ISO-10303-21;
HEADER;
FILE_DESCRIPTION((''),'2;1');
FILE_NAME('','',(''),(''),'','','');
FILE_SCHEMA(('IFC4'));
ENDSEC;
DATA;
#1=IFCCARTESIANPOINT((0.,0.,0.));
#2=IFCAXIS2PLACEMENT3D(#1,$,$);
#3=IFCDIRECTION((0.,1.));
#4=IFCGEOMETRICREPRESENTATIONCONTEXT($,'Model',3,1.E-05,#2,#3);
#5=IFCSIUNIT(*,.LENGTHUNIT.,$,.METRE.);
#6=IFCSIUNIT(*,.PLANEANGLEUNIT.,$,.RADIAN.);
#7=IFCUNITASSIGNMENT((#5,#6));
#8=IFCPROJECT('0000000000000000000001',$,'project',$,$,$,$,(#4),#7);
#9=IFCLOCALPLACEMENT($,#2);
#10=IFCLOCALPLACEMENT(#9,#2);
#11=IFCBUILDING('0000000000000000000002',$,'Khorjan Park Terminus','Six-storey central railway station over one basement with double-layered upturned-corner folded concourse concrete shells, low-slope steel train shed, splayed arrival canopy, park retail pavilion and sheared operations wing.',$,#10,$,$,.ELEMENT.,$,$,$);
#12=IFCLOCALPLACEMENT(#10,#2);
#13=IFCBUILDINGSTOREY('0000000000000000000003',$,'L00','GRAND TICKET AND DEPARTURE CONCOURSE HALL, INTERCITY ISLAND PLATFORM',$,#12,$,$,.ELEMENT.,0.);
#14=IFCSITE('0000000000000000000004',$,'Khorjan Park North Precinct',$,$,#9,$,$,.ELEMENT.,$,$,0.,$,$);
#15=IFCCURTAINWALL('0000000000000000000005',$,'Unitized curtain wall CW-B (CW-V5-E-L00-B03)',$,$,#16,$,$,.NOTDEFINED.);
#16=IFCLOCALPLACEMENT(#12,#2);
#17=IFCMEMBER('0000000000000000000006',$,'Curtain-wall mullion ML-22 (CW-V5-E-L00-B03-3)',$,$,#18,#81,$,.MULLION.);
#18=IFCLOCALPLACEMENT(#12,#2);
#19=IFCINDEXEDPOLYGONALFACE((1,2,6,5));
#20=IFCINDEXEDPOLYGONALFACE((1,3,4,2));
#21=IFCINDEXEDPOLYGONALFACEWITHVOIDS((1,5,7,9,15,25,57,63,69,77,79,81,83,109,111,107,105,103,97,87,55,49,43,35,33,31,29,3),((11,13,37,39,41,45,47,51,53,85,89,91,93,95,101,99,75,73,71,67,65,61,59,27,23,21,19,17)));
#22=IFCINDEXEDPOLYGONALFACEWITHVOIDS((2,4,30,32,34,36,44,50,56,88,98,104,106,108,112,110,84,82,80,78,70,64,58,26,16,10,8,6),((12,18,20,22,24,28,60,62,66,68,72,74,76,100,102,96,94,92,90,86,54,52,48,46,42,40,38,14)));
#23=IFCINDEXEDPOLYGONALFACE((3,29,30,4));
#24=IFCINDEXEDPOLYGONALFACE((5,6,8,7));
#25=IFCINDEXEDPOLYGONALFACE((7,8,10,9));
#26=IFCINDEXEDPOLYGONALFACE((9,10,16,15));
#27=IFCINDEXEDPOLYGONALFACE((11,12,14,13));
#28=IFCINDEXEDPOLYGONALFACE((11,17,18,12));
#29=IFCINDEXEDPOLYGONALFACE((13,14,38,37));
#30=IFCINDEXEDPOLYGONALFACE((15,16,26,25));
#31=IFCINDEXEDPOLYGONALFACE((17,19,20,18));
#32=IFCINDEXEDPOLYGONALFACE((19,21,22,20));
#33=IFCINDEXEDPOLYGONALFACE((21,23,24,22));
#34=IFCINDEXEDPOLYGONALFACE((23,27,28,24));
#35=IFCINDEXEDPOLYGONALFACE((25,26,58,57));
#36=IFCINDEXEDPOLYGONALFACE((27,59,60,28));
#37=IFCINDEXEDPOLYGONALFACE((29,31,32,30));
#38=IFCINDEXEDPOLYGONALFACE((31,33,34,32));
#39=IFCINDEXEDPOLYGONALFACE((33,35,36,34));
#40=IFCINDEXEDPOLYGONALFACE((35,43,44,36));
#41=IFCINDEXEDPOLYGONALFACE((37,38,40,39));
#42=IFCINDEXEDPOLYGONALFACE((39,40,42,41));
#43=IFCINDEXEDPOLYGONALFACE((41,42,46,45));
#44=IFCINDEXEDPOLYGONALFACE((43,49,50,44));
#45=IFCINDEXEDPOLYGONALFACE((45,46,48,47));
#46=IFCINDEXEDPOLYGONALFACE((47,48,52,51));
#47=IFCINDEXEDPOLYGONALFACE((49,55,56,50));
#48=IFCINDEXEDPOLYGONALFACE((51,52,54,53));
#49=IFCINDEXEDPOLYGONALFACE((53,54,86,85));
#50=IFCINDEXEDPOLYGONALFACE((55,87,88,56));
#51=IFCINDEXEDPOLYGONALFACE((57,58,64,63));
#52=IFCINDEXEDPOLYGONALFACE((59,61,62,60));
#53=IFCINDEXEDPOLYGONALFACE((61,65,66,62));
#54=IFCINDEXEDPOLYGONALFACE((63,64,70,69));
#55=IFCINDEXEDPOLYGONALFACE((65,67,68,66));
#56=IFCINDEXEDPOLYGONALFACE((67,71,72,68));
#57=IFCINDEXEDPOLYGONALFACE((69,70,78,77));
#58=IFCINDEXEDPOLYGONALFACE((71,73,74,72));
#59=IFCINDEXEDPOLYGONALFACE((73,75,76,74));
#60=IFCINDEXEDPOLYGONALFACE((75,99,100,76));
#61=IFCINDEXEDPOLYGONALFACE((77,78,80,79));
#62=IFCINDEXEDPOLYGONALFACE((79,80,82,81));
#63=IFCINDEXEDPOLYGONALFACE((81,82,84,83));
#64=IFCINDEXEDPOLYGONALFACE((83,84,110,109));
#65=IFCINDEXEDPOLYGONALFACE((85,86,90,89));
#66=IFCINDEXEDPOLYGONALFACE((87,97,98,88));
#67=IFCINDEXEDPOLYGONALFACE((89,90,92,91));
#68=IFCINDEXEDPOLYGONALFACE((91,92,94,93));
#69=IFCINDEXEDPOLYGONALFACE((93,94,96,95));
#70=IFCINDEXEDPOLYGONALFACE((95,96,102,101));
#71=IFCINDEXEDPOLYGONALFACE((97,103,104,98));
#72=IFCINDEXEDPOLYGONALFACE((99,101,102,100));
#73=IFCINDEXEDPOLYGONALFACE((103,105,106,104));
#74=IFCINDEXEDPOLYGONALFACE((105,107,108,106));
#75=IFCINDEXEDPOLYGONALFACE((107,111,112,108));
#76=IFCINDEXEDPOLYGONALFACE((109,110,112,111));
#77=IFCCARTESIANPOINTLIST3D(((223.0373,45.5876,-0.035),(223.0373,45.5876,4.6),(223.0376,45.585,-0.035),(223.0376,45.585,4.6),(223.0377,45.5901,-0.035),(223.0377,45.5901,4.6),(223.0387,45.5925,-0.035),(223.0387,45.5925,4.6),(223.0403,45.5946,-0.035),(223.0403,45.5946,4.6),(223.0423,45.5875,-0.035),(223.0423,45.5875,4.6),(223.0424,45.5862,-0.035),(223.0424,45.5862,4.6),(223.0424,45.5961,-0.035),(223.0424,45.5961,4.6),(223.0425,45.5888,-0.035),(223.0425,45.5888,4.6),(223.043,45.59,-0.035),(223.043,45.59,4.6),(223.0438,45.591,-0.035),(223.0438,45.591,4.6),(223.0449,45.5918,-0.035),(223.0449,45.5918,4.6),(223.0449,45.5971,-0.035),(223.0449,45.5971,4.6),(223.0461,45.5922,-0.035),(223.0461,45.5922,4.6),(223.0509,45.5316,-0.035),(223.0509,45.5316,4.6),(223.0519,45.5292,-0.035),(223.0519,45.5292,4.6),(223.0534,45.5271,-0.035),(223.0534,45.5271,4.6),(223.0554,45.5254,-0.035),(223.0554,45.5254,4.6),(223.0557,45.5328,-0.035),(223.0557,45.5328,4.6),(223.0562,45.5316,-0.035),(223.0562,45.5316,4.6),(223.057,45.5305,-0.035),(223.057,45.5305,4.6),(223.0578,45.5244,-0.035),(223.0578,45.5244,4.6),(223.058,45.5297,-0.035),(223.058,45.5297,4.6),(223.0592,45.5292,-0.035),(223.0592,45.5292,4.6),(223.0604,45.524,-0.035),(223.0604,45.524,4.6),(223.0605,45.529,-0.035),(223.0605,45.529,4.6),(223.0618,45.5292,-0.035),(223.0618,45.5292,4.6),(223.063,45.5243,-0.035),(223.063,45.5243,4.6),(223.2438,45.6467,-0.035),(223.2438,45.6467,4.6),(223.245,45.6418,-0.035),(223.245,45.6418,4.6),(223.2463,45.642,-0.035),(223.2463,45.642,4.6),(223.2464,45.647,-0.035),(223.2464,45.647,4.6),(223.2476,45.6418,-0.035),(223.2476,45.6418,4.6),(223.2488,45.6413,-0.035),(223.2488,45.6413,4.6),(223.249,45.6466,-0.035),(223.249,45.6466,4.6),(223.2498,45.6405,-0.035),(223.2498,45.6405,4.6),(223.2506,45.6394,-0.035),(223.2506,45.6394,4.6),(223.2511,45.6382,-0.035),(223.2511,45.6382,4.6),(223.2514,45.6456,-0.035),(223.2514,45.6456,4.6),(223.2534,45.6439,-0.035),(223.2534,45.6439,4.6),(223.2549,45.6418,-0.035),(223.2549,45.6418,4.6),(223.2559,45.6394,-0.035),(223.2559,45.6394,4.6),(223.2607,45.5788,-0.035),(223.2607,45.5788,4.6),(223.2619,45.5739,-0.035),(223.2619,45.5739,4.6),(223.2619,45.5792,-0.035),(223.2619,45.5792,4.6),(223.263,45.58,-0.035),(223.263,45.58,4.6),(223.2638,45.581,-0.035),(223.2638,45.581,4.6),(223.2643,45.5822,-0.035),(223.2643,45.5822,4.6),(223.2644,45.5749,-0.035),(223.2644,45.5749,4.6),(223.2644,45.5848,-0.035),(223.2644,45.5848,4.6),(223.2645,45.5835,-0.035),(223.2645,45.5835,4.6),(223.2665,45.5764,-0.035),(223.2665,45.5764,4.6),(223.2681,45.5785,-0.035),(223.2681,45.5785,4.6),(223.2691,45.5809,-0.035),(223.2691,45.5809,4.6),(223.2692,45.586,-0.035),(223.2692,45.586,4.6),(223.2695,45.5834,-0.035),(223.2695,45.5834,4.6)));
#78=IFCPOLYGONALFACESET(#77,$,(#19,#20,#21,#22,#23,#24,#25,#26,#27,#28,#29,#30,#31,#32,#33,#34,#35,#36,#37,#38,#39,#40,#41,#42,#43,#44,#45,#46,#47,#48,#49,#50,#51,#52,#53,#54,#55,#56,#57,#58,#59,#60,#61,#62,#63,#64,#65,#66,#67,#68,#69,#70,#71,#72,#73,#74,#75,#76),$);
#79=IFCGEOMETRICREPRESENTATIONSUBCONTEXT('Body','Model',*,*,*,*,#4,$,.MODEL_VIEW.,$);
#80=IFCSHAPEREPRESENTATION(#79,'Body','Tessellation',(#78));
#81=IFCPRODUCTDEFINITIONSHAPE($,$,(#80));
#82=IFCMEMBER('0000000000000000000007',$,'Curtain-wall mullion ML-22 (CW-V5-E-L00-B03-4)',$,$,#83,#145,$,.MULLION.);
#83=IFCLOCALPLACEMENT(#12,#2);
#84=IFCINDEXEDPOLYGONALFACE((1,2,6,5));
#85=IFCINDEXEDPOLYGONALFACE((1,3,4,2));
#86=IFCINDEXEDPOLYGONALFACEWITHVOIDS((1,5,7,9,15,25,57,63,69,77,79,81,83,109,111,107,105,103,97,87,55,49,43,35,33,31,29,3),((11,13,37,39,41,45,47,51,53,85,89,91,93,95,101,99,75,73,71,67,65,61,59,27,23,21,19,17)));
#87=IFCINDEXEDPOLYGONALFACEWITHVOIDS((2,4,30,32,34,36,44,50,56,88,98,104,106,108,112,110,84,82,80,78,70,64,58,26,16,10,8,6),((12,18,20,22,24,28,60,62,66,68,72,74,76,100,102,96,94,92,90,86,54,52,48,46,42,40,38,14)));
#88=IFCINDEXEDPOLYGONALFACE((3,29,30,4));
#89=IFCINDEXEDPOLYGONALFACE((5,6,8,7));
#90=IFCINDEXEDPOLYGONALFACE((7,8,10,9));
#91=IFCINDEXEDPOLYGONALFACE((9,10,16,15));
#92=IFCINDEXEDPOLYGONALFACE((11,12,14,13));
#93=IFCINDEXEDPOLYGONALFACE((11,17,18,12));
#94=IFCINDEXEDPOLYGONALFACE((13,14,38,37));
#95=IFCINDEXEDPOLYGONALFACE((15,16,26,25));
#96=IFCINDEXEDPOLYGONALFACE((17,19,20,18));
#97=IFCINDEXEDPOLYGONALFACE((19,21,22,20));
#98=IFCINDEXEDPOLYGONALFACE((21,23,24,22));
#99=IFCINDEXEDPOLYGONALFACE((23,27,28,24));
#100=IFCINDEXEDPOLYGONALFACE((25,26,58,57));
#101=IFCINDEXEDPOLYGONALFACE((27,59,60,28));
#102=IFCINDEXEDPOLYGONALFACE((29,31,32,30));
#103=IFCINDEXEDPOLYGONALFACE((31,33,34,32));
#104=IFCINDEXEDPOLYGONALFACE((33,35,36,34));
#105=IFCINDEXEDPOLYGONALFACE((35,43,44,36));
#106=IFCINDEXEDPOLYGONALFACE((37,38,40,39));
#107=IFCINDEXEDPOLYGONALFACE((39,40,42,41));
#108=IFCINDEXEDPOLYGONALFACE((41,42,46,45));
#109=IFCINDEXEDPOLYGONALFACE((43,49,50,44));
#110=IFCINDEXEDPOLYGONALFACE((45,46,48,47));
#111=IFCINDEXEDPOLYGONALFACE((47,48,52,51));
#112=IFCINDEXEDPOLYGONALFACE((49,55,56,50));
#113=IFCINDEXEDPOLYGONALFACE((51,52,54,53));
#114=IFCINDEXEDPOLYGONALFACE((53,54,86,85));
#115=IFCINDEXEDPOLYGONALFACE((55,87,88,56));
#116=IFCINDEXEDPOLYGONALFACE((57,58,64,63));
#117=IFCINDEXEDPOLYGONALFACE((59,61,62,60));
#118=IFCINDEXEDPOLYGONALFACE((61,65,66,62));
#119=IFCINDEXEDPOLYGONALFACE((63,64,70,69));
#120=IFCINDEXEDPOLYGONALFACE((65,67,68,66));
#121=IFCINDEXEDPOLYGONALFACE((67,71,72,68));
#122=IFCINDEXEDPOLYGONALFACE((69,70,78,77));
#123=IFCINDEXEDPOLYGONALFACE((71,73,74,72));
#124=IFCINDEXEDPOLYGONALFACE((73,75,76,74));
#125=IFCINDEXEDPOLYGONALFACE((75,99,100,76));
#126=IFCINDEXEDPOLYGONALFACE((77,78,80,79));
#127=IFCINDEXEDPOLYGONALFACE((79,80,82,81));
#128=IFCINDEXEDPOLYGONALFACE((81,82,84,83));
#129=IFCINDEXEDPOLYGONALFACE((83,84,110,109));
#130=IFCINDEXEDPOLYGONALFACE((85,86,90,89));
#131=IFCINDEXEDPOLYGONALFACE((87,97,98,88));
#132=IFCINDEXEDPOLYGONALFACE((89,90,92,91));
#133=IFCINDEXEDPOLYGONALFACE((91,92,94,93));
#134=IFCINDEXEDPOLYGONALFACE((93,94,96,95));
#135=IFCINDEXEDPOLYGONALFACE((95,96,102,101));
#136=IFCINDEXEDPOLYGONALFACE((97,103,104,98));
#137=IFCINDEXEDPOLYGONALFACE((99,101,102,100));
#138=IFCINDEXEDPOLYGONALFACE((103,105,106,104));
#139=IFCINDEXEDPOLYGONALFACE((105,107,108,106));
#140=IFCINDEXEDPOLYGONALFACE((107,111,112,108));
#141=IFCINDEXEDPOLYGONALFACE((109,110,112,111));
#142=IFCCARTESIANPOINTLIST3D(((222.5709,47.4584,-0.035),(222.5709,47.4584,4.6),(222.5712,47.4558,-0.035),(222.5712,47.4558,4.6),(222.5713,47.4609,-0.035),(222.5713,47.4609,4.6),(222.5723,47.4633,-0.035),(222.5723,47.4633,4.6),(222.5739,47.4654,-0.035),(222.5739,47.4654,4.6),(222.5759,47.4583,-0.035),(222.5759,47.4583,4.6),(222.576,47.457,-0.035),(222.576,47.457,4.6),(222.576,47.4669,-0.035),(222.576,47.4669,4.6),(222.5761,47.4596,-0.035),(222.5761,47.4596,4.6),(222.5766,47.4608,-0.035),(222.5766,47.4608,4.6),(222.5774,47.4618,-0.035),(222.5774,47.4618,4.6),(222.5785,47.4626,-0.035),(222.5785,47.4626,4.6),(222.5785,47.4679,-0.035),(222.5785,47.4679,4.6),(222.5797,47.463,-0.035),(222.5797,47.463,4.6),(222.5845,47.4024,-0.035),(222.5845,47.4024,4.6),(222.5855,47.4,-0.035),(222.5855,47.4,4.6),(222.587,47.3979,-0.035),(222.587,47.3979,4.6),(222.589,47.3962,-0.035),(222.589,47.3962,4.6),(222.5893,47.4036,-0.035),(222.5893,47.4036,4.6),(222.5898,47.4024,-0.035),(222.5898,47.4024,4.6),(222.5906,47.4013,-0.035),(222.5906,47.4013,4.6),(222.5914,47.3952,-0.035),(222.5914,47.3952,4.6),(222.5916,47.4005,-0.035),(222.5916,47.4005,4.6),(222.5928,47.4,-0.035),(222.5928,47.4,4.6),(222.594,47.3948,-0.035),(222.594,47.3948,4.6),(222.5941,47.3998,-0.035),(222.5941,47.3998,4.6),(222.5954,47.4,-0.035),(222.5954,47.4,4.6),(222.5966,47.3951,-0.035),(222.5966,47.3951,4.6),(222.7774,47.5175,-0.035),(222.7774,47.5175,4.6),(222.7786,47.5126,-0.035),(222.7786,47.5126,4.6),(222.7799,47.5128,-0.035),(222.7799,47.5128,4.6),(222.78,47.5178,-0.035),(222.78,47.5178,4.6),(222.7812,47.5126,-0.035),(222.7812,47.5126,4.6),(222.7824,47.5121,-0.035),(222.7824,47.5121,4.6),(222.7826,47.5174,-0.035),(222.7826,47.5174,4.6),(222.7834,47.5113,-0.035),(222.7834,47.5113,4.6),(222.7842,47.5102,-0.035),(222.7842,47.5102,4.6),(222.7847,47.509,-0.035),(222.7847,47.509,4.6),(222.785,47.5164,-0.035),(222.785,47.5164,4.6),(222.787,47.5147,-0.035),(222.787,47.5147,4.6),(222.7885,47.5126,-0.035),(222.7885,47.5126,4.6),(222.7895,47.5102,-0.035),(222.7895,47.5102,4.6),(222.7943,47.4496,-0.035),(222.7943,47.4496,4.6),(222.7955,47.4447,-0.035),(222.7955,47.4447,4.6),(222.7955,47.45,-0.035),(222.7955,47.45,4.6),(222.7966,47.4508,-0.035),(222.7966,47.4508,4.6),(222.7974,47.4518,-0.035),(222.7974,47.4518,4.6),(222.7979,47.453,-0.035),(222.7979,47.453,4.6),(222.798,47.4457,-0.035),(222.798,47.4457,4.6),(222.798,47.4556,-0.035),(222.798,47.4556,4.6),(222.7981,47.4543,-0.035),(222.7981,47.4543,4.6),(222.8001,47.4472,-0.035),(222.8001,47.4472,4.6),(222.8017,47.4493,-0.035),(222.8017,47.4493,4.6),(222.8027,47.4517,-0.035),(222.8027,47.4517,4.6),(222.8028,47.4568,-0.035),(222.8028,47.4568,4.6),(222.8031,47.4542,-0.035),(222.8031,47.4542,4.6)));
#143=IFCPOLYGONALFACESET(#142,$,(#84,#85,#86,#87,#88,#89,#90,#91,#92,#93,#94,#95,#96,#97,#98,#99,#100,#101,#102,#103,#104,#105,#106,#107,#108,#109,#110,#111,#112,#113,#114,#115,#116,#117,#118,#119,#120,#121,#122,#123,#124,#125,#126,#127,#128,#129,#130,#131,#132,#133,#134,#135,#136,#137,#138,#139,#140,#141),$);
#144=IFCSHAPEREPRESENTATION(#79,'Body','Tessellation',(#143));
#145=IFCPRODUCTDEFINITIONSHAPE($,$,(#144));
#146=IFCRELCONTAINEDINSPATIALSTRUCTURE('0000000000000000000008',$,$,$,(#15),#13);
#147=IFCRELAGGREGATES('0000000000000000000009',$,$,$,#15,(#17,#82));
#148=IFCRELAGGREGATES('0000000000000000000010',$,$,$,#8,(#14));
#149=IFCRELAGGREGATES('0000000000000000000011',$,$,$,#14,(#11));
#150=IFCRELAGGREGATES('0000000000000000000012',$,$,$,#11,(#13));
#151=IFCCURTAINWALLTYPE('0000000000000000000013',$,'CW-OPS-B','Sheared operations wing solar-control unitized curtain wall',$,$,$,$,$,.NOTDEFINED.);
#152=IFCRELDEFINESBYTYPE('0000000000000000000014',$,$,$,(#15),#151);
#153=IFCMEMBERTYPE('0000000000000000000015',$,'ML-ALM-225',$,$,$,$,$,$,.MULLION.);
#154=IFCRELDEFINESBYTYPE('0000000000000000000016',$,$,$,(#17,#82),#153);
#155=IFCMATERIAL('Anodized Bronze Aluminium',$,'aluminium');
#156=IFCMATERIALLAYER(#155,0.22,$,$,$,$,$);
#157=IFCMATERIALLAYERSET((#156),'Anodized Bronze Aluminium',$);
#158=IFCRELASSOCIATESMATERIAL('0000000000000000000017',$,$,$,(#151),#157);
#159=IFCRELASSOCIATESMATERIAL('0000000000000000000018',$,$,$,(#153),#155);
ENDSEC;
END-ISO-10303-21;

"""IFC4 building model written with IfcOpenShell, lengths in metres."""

from ifc_helpers import new_model, si_unit, direction, frame, origin, origin_2d, place, context, subcontext, project, spatial, hollow_rectangle, extrude, material, layer, layer_set, material_profile, profile_set, type_object, element, aggregate, save


model = new_model("IFC4")

# Units and contexts
model_context = context("Model", 3, precision=1e-05, world=origin(), true_north=direction((0.0, 1.0)))
body_context = subcontext(model_context, "Body", "Model", "MODEL_VIEW")
ifc_project = project(units=[si_unit("LENGTHUNIT", "METRE"), si_unit("PLANEANGLEUNIT", "RADIAN")], contexts=[model_context])

# Site, building, storey
site_placement = place(None, origin())
site = spatial("IfcSite", under=ifc_project, at=site_placement, Name="Khorjan Park North Precinct", CompositionType="ELEMENT", RefElevation=0.0)
building_placement = place(site_placement, origin())
building = spatial("IfcBuilding", under=site, at=building_placement, Name="Khorjan Park Terminus", Description="Six-storey central railway station over one basement with double-layered upturned-corner folded concourse concrete shells, low-slope steel train shed, splayed arrival canopy, park retail pavilion and sheared operations wing.", CompositionType="ELEMENT")
storey_placement = place(building_placement, origin())
storey = spatial("IfcBuildingStorey", under=building, at=storey_placement, Name="L00", Description="GRAND TICKET AND DEPARTURE CONCOURSE HALL, INTERCITY ISLAND PLATFORM", CompositionType="ELEMENT", Elevation=0.0)

# Curtain wall, members
ifc_material_1 = material(Name="Anodized Bronze Aluminium", Category="aluminium")
ifc_layer_1 = layer(ifc_material_1, 0.22)
ifc_layer_set_1 = layer_set([ifc_layer_1], Name="Anodized Bronze Aluminium")
curtain_wall_type = type_object("IfcCurtainWallType", Name="CW-OPS-B", Description="Sheared operations wing solar-control unitized curtain wall", PredefinedType="NOTDEFINED", material=ifc_layer_set_1)
curtain_wall_placement = place(storey_placement, origin())
curtain_wall = element("IfcCurtainWall", 1, at=curtain_wall_placement, inside=storey, type_object=curtain_wall_type, Name="Unitized curtain wall CW-B (CW-V5-E-L00-B03)", PredefinedType="NOTDEFINED")
ifc_material_profile_1 = material_profile(ifc_material_1, hollow_rectangle(XDim=0.075, YDim=0.225, WallThickness=0.005, InnerFilletRadius=0.005, OuterFilletRadius=0.01, at=origin_2d()), Name="ALM 75x225x5")
ifc_profile_set_1 = profile_set([ifc_material_profile_1], Name="Anodized Bronze Aluminium")
member_type_1 = type_object("IfcMemberType", Name="ML-ALM-225", PredefinedType="MULLION", material=ifc_profile_set_1)
member_1_placement = place(storey_placement, frame((223.1534, 45.5855, -0.035), z_axis=(0.0, 0.0, 1.0), x_axis=(-0.241923, 0.970295, 0.0)))
member_1 = element("IfcMember", 2, at=member_1_placement, type_object=member_type_1, Name="Curtain-wall mullion ML-22 (CW-V5-E-L00-B03-3)", PredefinedType="MULLION", context=body_context, shape_type="SweptSolid", body=[
    extrude(hollow_rectangle(XDim=0.075, YDim=0.225, WallThickness=0.005, InnerFilletRadius=0.005, OuterFilletRadius=0.01, at=origin_2d()), origin(), (0.0, 0.0, 1.0), 4.635),
])
member_2_placement = place(storey_placement, frame((222.687, 47.4563, -0.035), z_axis=(0.0, 0.0, 1.0), x_axis=(-0.241923, 0.970295, 0.0)))
member_2 = element("IfcMember", 3, at=member_2_placement, type_object=member_type_1, Name="Curtain-wall mullion ML-22 (CW-V5-E-L00-B03-4)", PredefinedType="MULLION", context=body_context, shape_type="SweptSolid", body=[
    extrude(hollow_rectangle(XDim=0.075, YDim=0.225, WallThickness=0.005, InnerFilletRadius=0.005, OuterFilletRadius=0.01, at=origin_2d()), origin(), (0.0, 0.0, 1.0), 4.635),
])
aggregate(curtain_wall, [member_1, member_2])

save(model, "model.ifc")
